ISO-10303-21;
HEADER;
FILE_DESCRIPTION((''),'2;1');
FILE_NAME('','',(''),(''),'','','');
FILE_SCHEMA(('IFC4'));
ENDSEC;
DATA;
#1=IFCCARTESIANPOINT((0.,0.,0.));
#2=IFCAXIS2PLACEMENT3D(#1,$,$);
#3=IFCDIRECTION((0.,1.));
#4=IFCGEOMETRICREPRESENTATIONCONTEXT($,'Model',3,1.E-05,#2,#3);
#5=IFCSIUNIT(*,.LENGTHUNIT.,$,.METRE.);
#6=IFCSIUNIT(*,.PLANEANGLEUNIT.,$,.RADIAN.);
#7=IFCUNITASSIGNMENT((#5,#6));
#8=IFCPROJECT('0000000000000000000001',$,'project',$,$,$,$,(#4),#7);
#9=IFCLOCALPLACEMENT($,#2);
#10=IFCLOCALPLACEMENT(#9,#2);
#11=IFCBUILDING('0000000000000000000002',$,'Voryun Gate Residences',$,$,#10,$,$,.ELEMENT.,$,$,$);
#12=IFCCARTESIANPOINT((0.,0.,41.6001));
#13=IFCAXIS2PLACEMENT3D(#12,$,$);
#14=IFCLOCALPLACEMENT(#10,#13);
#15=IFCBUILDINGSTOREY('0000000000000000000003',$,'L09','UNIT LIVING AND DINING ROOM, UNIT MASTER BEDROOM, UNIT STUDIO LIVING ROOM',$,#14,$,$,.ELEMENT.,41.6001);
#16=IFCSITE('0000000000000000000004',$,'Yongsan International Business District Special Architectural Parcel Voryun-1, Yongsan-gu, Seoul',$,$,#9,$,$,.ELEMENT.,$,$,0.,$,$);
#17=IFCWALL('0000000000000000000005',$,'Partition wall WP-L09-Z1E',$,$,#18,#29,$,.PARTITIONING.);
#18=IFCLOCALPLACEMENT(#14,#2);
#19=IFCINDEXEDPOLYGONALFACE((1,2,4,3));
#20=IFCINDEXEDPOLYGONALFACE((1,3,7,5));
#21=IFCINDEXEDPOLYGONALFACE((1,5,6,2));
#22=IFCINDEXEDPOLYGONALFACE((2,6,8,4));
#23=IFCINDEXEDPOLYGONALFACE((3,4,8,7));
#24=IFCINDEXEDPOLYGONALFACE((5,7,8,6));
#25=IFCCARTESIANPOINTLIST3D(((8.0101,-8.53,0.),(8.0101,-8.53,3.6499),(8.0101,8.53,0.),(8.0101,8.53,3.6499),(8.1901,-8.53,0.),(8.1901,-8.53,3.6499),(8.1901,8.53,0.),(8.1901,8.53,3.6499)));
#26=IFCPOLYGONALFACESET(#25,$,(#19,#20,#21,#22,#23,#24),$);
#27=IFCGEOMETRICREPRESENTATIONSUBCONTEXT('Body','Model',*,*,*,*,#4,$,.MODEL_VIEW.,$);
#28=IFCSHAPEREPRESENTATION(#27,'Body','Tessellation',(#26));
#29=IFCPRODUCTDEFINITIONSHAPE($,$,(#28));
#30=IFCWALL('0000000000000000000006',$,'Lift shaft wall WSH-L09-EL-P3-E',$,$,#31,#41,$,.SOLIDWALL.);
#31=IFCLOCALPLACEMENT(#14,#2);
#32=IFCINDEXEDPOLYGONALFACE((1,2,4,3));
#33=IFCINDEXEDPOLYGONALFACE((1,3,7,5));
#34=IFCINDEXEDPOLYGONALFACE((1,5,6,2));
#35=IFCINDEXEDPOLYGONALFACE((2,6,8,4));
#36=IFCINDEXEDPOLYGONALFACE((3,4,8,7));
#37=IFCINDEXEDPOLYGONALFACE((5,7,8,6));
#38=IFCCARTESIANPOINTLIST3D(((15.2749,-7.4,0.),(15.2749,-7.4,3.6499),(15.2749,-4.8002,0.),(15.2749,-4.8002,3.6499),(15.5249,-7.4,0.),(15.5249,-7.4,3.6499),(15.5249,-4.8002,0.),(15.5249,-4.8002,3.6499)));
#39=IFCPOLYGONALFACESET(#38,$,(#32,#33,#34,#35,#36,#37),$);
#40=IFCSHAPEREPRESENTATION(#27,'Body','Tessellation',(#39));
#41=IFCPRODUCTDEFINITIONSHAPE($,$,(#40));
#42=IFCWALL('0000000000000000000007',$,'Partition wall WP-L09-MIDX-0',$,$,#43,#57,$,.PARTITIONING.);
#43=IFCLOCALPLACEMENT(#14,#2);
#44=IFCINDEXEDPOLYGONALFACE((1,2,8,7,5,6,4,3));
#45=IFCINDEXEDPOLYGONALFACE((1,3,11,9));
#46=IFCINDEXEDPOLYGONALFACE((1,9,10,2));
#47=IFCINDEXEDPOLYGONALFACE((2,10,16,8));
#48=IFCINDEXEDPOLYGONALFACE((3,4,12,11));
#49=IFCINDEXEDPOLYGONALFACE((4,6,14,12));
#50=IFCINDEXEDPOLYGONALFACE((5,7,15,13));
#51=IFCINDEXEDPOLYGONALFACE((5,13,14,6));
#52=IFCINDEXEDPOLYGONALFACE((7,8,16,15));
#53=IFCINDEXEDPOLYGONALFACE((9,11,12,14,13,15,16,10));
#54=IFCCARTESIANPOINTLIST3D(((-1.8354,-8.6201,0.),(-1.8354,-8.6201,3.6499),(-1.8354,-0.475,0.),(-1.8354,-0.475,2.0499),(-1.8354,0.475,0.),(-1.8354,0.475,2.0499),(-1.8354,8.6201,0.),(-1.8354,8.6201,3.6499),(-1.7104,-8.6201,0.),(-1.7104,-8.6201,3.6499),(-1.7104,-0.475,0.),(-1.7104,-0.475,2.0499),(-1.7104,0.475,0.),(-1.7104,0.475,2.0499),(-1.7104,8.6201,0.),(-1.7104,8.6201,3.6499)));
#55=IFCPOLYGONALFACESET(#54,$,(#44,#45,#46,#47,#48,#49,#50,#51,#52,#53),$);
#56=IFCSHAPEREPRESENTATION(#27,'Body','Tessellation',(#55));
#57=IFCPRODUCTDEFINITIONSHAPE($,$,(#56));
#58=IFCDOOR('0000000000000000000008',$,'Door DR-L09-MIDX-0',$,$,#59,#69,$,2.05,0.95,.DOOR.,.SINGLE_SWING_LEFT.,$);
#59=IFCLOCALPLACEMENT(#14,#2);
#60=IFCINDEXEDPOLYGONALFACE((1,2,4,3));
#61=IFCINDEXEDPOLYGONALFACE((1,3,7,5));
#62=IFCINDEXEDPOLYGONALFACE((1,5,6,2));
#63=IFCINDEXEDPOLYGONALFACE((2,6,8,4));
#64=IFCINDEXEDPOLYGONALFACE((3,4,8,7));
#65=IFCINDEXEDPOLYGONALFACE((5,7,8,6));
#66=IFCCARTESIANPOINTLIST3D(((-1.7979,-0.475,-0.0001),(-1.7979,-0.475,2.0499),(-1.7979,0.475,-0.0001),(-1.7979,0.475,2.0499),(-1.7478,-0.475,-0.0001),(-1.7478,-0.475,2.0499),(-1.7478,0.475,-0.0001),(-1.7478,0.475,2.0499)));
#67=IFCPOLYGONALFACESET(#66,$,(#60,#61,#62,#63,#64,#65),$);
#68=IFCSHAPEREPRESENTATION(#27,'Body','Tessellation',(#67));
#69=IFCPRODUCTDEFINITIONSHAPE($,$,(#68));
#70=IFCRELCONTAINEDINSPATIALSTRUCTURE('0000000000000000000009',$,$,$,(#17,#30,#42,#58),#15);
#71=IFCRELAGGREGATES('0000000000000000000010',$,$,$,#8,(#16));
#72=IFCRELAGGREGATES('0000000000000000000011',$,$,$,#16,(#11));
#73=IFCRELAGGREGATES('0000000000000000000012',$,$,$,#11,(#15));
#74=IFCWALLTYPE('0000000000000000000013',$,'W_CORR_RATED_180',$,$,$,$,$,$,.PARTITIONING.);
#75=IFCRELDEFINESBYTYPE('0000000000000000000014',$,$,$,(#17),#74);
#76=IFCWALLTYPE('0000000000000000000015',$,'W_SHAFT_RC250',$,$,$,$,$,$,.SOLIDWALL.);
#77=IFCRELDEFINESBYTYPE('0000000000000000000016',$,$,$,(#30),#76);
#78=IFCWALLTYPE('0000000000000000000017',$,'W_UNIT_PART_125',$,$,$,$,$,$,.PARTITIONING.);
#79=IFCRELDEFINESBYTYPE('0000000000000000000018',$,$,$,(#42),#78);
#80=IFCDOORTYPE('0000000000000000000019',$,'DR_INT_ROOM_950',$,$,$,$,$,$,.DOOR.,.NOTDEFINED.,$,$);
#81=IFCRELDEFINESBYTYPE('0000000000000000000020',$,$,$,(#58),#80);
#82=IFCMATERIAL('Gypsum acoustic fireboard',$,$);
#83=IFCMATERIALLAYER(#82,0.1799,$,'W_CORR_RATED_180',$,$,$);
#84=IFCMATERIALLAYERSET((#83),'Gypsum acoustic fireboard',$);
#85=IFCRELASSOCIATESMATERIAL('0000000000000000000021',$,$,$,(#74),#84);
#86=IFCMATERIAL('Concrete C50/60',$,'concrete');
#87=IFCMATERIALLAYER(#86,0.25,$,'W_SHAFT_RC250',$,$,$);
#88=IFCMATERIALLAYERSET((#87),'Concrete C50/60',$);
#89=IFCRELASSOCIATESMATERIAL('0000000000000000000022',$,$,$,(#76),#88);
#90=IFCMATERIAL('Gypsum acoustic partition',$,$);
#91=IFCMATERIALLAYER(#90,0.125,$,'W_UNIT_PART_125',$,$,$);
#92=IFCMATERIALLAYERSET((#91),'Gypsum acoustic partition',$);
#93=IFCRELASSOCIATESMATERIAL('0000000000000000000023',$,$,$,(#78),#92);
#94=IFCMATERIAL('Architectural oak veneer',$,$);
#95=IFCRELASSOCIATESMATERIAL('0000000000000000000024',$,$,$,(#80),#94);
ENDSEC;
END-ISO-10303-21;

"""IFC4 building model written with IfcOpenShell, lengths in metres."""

from ifc_helpers import new_model, si_unit, direction, frame, frame_2d, origin, place, context, subcontext, project, spatial, rectangle, extrude, material, layer, layer_set, type_object, element, fill, save


model = new_model("IFC4")

# Units and contexts
model_context = context("Model", 3, precision=1e-05, world=origin(), true_north=direction((0.0, 1.0)))
body_context = subcontext(model_context, "Body", "Model", "MODEL_VIEW")
ifc_project = project(units=[si_unit("LENGTHUNIT", "METRE"), si_unit("PLANEANGLEUNIT", "RADIAN")], contexts=[model_context])

# Site, building, storey
site_placement = place(None, origin())
site = spatial("IfcSite", under=ifc_project, at=site_placement, Name="Yongsan International Business District Special Architectural Parcel Voryun-1, Yongsan-gu, Seoul", CompositionType="ELEMENT", RefElevation=0.0)
building_placement = place(site_placement, origin())
building = spatial("IfcBuilding", under=site, at=building_placement, Name="Voryun Gate Residences", CompositionType="ELEMENT")
storey_placement = place(building_placement, frame((0.0, 0.0, 41.6001)))
storey = spatial("IfcBuildingStorey", under=building, at=storey_placement, Name="L09", Description="UNIT LIVING AND DINING ROOM, UNIT MASTER BEDROOM, UNIT STUDIO LIVING ROOM", CompositionType="ELEMENT", Elevation=41.6001)

# Shared definitions
ifc_material_1 = material(Name="Gypsum acoustic fireboard")
ifc_layer_1 = layer(ifc_material_1, 0.1799, Name="W_CORR_RATED_180")
ifc_layer_set_1 = layer_set([ifc_layer_1], Name="Gypsum acoustic fireboard")
wall_type_1 = type_object("IfcWallType", Name="W_CORR_RATED_180", PredefinedType="PARTITIONING", material=ifc_layer_set_1)

# Walls
wall_1_placement = place(storey_placement, frame((8.1001, -8.53, 0.0), z_axis=(0.0, 0.0, 1.0), x_axis=(0.0, 1.0, 0.0)))
element("IfcWall", 1, at=wall_1_placement, inside=storey, type_object=wall_type_1, Name="Partition wall WP-L09-Z1E", PredefinedType="PARTITIONING", context=body_context, shape_type="SweptSolid", body=[
    extrude(rectangle(XDim=17.0601, YDim=0.1799, at=frame_2d((8.53, 0.0))), origin(), (0.0, 0.0, 1.0), 3.6499),
])
ifc_material_2 = material(Name="Concrete C50/60", Category="concrete")
ifc_layer_2 = layer(ifc_material_2, 0.25, Name="W_SHAFT_RC250")
ifc_layer_set_2 = layer_set([ifc_layer_2], Name="Concrete C50/60")
wall_type_2 = type_object("IfcWallType", Name="W_SHAFT_RC250", PredefinedType="SOLIDWALL", material=ifc_layer_set_2)
wall_2_placement = place(storey_placement, frame((15.3999, -7.3999, 0.0), z_axis=(0.0, 0.0, 1.0), x_axis=(0.0, 1.0, 0.0)))
element("IfcWall", 2, at=wall_2_placement, inside=storey, type_object=wall_type_2, Name="Lift shaft wall WSH-L09-EL-P3-E", PredefinedType="SOLIDWALL", context=body_context, shape_type="SweptSolid", body=[
    extrude(rectangle(XDim=2.5999, YDim=0.25, at=frame_2d((1.2998, 0.0))), origin(), (0.0, 0.0, 1.0), 3.6499),
])

# Wall, opening, door
ifc_material_3 = material(Name="Gypsum acoustic partition")
ifc_layer_3 = layer(ifc_material_3, 0.125, Name="W_UNIT_PART_125")
ifc_layer_set_3 = layer_set([ifc_layer_3], Name="Gypsum acoustic partition")
wall_type_3 = type_object("IfcWallType", Name="W_UNIT_PART_125", PredefinedType="PARTITIONING", material=ifc_layer_set_3)
wall_3_placement = place(storey_placement, frame((-1.7729, -8.6201, 0.0), z_axis=(0.0, 0.0, 1.0), x_axis=(0.0, 1.0, 0.0)))
wall_3 = element("IfcWall", 3, at=wall_3_placement, inside=storey, type_object=wall_type_3, Name="Partition wall WP-L09-MIDX-0", PredefinedType="PARTITIONING", context=body_context, shape_type="SweptSolid", body=[
    extrude(rectangle(XDim=17.2402, YDim=0.125, at=frame_2d((8.6201, 0.0))), origin(), (0.0, 0.0, 1.0), 3.6499),
])
opening_1_placement = place(wall_3_placement, frame((8.145, 0.0, 0.0)))
opening_1 = element("IfcOpeningElement", 4, at=opening_1_placement, cuts=wall_3, PredefinedType="OPENING", context=body_context, shape_type="SweptSolid", body=[
    extrude(rectangle(XDim=0.95, YDim=2.05, at=frame_2d((0.4751, 1.0249))), frame((0.0, 0.0725, 0.0), z_axis=(0.0, -1.0, 0.0), x_axis=(1.0, 0.0, 0.0)), (0.0, 0.0, 1.0), 0.145),
])
ifc_material_4 = material(Name="Architectural oak veneer")
door_type_1 = type_object("IfcDoorType", Name="DR_INT_ROOM_950", OperationType="NOTDEFINED", PredefinedType="DOOR", material=ifc_material_4)
door_1_placement = place(opening_1_placement, origin())
door_1 = element("IfcDoor", 5, at=door_1_placement, inside=storey, type_object=door_type_1, Name="Door DR-L09-MIDX-0", OperationType="SINGLE_SWING_LEFT", OverallHeight=2.05, OverallWidth=0.95, PredefinedType="DOOR", context=body_context, shape_type="SweptSolid", body=[
    extrude(rectangle(XDim=0.95, YDim=2.05, at=frame_2d((0.4751, 1.0249))), frame((0.0, 0.0249, 0.0), z_axis=(0.0, -1.0, 0.0), x_axis=(1.0, 0.0, 0.0)), (0.0, 0.0, 1.0), 0.05),
])
fill(opening_1, door_1)

save(model, "model.ifc")
